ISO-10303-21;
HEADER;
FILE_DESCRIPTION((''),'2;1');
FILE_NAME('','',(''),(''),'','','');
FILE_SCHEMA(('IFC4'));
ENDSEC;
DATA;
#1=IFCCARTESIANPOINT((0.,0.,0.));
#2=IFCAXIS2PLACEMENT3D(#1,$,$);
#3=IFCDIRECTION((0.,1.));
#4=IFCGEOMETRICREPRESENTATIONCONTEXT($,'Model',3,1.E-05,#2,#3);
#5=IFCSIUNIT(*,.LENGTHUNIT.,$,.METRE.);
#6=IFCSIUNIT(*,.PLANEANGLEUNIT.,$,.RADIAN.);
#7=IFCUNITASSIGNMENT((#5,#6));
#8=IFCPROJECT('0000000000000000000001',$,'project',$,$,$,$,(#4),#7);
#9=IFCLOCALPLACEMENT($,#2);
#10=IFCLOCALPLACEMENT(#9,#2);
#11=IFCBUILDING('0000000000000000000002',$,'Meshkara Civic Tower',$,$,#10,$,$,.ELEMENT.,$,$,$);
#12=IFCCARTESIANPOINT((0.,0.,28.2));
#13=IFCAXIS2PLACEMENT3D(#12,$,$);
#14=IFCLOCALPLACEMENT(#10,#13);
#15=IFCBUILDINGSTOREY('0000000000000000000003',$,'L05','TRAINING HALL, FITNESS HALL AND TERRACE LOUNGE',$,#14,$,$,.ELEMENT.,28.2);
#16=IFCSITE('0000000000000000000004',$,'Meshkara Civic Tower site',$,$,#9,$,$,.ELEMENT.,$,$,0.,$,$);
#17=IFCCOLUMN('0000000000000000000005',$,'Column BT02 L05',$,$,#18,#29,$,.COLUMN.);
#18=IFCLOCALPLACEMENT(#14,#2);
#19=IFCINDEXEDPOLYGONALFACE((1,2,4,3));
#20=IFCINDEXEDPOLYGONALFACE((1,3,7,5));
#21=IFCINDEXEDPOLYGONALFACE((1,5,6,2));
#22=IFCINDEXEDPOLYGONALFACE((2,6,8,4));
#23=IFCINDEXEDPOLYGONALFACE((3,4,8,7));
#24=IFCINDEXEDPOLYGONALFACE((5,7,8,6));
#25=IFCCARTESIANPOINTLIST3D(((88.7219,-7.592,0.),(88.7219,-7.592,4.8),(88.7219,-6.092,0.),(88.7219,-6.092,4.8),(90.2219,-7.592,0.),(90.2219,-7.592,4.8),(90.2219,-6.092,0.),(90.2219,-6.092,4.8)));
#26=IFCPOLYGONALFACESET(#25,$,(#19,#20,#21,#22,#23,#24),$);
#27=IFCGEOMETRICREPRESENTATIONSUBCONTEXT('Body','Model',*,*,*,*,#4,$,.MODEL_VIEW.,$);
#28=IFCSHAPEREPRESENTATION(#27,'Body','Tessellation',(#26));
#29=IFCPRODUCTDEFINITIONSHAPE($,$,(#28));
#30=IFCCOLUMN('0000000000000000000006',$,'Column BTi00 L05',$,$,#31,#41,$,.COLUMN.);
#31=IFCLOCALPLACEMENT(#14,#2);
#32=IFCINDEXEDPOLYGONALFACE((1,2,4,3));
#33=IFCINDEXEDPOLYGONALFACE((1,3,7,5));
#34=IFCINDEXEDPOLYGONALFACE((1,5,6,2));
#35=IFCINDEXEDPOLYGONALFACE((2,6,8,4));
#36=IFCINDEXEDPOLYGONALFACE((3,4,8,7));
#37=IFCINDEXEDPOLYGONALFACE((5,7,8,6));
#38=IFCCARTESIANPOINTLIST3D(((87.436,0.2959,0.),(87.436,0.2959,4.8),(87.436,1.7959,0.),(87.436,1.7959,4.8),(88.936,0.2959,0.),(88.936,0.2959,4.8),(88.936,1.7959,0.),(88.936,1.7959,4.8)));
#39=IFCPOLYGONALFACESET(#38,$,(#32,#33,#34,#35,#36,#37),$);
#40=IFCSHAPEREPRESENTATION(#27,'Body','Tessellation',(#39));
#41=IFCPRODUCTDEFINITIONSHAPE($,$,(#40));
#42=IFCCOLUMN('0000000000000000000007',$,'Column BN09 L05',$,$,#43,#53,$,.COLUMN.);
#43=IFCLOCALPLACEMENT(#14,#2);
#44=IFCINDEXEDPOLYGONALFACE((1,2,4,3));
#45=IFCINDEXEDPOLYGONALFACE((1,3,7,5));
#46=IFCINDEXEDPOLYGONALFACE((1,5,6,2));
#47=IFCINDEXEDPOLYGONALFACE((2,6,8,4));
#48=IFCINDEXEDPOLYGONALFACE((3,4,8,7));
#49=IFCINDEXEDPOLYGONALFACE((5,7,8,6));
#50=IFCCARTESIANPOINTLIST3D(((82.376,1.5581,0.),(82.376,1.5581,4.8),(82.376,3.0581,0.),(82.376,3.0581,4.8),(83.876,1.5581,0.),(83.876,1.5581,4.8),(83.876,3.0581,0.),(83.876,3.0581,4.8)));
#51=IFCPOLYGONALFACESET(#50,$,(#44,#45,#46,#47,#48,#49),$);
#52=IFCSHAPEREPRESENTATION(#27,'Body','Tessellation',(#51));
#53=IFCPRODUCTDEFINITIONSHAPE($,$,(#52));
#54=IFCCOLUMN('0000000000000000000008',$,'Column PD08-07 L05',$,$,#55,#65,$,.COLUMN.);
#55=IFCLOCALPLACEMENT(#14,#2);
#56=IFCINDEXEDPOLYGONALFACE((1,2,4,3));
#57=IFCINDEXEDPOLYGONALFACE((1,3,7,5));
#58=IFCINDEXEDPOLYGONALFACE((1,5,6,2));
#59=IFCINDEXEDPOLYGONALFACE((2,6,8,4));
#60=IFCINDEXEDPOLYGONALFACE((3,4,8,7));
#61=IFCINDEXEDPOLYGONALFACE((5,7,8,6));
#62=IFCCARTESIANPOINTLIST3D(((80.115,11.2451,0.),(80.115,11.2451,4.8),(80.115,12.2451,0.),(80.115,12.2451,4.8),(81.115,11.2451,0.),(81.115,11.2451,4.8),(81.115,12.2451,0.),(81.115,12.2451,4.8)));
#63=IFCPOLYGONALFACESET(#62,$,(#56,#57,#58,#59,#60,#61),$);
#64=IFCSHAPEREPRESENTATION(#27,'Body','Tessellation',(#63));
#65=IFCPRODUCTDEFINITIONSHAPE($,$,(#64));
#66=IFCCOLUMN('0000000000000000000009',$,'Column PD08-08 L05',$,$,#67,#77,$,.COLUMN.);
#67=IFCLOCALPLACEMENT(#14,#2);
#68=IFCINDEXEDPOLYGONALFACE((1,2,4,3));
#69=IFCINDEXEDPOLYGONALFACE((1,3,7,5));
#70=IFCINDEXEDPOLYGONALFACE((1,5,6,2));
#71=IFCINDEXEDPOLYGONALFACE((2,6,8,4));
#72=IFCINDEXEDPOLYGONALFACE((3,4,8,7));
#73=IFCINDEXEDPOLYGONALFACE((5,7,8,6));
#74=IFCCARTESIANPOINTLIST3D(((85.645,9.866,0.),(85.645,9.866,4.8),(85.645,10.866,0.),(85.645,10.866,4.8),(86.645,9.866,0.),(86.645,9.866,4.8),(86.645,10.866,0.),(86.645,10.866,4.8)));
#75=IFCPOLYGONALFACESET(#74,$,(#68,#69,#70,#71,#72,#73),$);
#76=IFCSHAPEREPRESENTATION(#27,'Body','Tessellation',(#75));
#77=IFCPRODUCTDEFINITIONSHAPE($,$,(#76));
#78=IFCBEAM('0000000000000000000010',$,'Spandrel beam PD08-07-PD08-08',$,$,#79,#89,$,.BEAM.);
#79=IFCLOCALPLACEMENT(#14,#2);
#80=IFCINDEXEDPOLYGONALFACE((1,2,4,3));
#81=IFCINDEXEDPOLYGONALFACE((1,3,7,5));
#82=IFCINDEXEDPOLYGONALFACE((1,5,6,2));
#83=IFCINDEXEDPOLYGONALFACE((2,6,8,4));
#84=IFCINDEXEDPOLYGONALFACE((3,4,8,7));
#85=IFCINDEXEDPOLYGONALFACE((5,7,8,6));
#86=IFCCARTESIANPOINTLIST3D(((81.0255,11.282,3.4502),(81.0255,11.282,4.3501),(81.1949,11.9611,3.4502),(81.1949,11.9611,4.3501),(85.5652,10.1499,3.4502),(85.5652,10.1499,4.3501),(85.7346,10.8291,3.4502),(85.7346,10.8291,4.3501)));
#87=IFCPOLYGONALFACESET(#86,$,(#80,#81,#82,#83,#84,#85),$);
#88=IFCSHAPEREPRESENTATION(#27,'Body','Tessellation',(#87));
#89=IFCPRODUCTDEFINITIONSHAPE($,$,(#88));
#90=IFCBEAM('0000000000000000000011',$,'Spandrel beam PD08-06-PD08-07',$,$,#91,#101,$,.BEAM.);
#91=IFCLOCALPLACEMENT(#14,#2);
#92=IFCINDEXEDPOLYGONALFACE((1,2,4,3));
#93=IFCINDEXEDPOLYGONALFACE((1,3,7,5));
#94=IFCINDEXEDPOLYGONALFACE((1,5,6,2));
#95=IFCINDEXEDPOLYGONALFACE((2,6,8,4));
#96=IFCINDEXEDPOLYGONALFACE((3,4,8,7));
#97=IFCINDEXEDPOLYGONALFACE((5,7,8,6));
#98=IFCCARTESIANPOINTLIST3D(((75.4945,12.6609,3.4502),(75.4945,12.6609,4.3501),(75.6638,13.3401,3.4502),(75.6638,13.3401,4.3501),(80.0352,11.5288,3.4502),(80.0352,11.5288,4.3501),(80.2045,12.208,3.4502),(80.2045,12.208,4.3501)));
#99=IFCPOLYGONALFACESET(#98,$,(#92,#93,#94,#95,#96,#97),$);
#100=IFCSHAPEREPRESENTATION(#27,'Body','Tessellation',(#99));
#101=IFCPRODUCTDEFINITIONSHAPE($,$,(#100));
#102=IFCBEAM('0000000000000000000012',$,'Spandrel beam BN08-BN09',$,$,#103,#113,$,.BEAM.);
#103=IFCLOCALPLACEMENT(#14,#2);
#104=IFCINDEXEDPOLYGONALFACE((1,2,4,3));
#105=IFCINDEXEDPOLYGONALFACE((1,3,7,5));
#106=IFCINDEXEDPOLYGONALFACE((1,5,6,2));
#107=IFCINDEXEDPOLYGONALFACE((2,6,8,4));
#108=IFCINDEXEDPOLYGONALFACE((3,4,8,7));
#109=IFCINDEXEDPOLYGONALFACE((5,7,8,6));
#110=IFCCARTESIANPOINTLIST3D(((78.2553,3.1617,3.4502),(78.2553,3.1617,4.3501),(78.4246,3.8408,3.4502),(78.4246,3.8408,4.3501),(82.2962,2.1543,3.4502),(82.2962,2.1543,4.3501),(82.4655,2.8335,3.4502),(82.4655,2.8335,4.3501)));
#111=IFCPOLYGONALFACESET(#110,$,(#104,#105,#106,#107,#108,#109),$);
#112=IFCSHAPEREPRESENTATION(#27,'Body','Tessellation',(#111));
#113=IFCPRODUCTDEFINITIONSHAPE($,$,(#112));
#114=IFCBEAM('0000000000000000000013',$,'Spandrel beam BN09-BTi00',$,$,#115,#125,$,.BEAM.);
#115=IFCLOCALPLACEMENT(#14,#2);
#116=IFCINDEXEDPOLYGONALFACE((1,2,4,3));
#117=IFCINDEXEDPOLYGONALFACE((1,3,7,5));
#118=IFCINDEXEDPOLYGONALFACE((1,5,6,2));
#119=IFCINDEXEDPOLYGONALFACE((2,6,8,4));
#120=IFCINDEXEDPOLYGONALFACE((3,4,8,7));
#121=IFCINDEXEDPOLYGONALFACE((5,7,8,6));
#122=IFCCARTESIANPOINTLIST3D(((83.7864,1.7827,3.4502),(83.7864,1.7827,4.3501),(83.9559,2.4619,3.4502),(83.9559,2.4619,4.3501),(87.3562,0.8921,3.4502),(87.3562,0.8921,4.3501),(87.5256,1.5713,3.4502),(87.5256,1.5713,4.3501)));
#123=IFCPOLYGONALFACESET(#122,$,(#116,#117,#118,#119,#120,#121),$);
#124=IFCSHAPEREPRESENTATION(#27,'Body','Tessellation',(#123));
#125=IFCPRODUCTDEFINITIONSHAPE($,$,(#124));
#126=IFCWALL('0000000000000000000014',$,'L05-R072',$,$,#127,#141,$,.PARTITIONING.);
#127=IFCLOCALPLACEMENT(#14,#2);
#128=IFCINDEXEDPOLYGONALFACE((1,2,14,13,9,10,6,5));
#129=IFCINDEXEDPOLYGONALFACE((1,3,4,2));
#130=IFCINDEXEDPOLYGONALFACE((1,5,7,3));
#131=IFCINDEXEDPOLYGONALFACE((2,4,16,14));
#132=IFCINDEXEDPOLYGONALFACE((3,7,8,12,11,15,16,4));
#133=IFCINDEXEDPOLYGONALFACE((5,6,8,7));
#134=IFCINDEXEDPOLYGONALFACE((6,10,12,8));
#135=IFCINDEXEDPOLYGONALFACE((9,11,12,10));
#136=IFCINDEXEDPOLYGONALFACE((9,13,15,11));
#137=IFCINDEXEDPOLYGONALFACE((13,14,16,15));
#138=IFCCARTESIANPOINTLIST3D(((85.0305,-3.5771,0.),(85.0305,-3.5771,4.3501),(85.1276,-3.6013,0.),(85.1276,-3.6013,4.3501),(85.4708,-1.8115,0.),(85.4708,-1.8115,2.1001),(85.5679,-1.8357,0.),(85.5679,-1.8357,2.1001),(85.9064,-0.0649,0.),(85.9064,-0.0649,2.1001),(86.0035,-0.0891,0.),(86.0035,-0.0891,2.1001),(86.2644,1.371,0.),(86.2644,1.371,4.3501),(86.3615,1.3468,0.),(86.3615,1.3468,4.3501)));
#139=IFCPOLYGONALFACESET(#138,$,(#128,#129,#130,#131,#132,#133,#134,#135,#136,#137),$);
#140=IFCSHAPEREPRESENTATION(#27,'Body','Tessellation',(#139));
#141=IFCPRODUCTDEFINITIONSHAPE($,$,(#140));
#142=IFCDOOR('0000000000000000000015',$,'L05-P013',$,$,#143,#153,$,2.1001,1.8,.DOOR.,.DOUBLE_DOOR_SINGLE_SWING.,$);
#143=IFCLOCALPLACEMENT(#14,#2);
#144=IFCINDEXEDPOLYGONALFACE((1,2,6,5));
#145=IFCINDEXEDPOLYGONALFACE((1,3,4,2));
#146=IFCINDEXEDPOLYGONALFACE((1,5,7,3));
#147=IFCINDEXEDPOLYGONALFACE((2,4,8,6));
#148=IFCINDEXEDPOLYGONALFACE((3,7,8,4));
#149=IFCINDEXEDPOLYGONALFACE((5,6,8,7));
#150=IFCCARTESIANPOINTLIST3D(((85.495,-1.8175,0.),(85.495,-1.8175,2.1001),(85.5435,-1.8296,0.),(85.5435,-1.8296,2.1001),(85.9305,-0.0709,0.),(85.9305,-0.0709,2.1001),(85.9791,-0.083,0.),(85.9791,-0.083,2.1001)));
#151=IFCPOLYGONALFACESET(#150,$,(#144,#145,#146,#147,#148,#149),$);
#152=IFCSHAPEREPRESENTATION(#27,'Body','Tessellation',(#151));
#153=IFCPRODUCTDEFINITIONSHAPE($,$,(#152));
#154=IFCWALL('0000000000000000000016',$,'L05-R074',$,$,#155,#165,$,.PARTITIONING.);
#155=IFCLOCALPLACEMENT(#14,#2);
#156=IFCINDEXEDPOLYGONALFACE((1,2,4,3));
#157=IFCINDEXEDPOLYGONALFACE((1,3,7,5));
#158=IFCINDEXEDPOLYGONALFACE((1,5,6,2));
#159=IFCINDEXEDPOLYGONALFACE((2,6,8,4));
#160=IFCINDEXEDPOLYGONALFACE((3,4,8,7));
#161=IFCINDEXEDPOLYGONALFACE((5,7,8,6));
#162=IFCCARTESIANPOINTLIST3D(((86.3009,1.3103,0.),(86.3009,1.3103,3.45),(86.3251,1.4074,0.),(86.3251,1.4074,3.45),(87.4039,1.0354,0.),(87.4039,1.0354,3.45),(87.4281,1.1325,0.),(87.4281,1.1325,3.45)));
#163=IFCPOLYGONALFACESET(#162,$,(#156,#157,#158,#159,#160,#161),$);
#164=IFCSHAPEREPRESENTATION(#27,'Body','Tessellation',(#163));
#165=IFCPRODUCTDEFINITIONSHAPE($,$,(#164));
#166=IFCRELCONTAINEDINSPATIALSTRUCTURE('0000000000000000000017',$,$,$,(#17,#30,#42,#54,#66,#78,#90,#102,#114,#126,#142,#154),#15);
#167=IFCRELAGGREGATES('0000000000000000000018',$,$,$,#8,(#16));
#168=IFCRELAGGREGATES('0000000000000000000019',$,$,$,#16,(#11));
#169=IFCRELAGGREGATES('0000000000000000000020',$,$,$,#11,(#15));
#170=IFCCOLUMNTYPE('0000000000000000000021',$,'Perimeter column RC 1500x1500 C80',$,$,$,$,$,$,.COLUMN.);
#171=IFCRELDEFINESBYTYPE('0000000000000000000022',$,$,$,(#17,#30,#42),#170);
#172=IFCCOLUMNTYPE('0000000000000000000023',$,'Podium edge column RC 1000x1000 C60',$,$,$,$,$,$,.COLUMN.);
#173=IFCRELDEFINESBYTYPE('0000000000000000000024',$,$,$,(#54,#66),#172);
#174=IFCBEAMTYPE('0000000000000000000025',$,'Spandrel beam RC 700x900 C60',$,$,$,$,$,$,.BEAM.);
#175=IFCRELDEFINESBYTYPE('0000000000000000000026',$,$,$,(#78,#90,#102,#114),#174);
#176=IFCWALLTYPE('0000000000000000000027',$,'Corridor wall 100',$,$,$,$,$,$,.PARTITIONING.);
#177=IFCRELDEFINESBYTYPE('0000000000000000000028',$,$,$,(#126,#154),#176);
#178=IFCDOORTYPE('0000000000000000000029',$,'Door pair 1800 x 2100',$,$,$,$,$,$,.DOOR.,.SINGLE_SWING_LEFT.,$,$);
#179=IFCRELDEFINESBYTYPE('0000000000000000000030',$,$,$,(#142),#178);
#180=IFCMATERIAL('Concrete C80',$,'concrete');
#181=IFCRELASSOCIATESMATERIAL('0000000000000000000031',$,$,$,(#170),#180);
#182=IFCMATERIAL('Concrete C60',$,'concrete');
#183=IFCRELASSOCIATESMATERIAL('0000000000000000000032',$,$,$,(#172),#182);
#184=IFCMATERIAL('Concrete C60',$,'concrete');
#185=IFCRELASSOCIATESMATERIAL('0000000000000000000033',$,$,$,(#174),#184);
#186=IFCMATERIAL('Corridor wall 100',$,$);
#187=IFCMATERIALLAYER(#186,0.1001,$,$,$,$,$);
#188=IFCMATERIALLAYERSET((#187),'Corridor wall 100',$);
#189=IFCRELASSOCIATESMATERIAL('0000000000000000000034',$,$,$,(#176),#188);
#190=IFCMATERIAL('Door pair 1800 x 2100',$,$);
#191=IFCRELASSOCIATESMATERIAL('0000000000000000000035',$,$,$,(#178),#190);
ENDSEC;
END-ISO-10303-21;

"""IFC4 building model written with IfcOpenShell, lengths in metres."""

from ifc_helpers import new_model, si_unit, direction, frame, frame_2d, origin, origin_2d, place, context, subcontext, project, spatial, rectangle, extrude, material, layer, layer_set, material_profile, profile_set, type_object, element, fill, save


model = new_model("IFC4")

# Units and contexts
model_context = context("Model", 3, precision=1e-05, world=origin(), true_north=direction((0.0, 1.0)))
body_context = subcontext(model_context, "Body", "Model", "MODEL_VIEW")
ifc_project = project(units=[si_unit("LENGTHUNIT", "METRE"), si_unit("PLANEANGLEUNIT", "RADIAN")], contexts=[model_context])

# Site, building, storey
site_placement = place(None, origin())
site = spatial("IfcSite", under=ifc_project, at=site_placement, Name="Meshkara Civic Tower site", CompositionType="ELEMENT", RefElevation=0.0)
building_placement = place(site_placement, origin())
building = spatial("IfcBuilding", under=site, at=building_placement, Name="Meshkara Civic Tower", CompositionType="ELEMENT")
storey_placement = place(building_placement, frame((0.0, 0.0, 28.2)))
storey = spatial("IfcBuildingStorey", under=building, at=storey_placement, Name="L05", Description="TRAINING HALL, FITNESS HALL AND TERRACE LOUNGE", CompositionType="ELEMENT", Elevation=28.2)

# Columns
ifc_material_1 = material(Name="Concrete C80", Category="concrete")
ifc_material_profile_1 = material_profile(ifc_material_1, rectangle(XDim=1.5, YDim=1.5, at=origin_2d()))
ifc_profile_set_1 = profile_set([ifc_material_profile_1], Name="Concrete C80")
column_type_1 = type_object("IfcColumnType", Name="Perimeter column RC 1500x1500 C80", PredefinedType="COLUMN", material=ifc_profile_set_1)
for number, where, z_axis, x_axis, name in (
    (1, (89.4719, -6.842, 0.0), (0.0, 0.0, 1.0), (1.0, 0.0, 0.0), "Column BT02 L05"),
    (2, (88.186, 1.0459, 0.0), (0.0, 0.0, 1.0), (1.0, 0.0, 0.0), "Column BTi00 L05"),
    (3, (83.126, 2.3081, 0.0), (0.0, 0.0, 1.0), (1.0, 0.0, 0.0), "Column BN09 L05"),
):
    element("IfcColumn", number, at=place(storey_placement, frame(where, z_axis=z_axis, x_axis=x_axis)), inside=storey, type_object=column_type_1, Name=name, PredefinedType="COLUMN", context=body_context, shape_type="SweptSolid", body=[
        extrude(rectangle(XDim=1.5, YDim=1.5, at=origin_2d()), origin(), (0.0, 0.0, 1.0), 4.8),
    ])
ifc_material_2 = material(Name="Concrete C60", Category="concrete")
ifc_material_profile_2 = material_profile(ifc_material_2, rectangle(XDim=1.0, YDim=1.0, at=origin_2d()))
ifc_profile_set_2 = profile_set([ifc_material_profile_2], Name="Concrete C60")
column_type_2 = type_object("IfcColumnType", Name="Podium edge column RC 1000x1000 C60", PredefinedType="COLUMN", material=ifc_profile_set_2)
for number, where, z_axis, x_axis, name in (
    (4, (80.615, 11.7451, 0.0), (0.0, 0.0, 1.0), (1.0, 0.0, 0.0), "Column PD08-07 L05"),
    (5, (86.145, 10.366, 0.0), (0.0, 0.0, 1.0), (1.0, 0.0, 0.0), "Column PD08-08 L05"),
):
    element("IfcColumn", number, at=place(storey_placement, frame(where, z_axis=z_axis, x_axis=x_axis)), inside=storey, type_object=column_type_2, Name=name, PredefinedType="COLUMN", context=body_context, shape_type="SweptSolid", body=[
        extrude(rectangle(XDim=1.0, YDim=1.0, at=origin_2d()), origin(), (0.0, 0.0, 1.0), 4.8),
    ])

# Beams
ifc_material_3 = material(Name="Concrete C60", Category="concrete")
ifc_material_profile_3 = material_profile(ifc_material_3, rectangle(XDim=0.7, YDim=0.8999, at=origin_2d()))
ifc_profile_set_3 = profile_set([ifc_material_profile_3], Name="Concrete C60")
beam_type = type_object("IfcBeamType", Name="Spandrel beam RC 700x900 C60", PredefinedType="BEAM", material=ifc_profile_set_3)
beam_1_placement = place(storey_placement, frame((85.6499, 10.4895, 3.9001), z_axis=(-0.970287, 0.241959, 0.0), x_axis=(-0.241959, -0.970287, 0.0)))
element("IfcBeam", 6, at=beam_1_placement, inside=storey, type_object=beam_type, Name="Spandrel beam PD08-07-PD08-08", PredefinedType="BEAM", context=body_context, shape_type="SweptSolid", body=[
    extrude(rectangle(XDim=0.7, YDim=0.8999, at=origin_2d()), origin(), (0.0, 0.0, 1.0), 4.6787),
])
beam_2_placement = place(storey_placement, frame((80.1199, 11.8684, 3.9001), z_axis=(-0.970299, 0.24191, 0.0), x_axis=(-0.24191, -0.970299, 0.0)))
element("IfcBeam", 7, at=beam_2_placement, inside=storey, type_object=beam_type, Name="Spandrel beam PD08-06-PD08-07", PredefinedType="BEAM", context=body_context, shape_type="SweptSolid", body=[
    extrude(rectangle(XDim=0.7, YDim=0.8999, at=origin_2d()), origin(), (0.0, 0.0, 1.0), 4.6797),
])
beam_3_placement = place(storey_placement, frame((82.3809, 2.4939, 3.9001), z_axis=(-0.970304, 0.241887, 0.0), x_axis=(-0.241887, -0.970304, 0.0)))
element("IfcBeam", 8, at=beam_3_placement, inside=storey, type_object=beam_type, Name="Spandrel beam BN08-BN09", PredefinedType="BEAM", context=body_context, shape_type="SweptSolid", body=[
    extrude(rectangle(XDim=0.7, YDim=0.8999, at=origin_2d()), origin(), (0.0, 0.0, 1.0), 4.1646),
])
beam_4_placement = place(storey_placement, frame((87.4409, 1.2317, 3.9001), z_axis=(-0.970259, 0.242067, 0.0), x_axis=(-0.242067, -0.970259, 0.0)))
element("IfcBeam", 9, at=beam_4_placement, inside=storey, type_object=beam_type, Name="Spandrel beam BN09-BTi00", PredefinedType="BEAM", context=body_context, shape_type="SweptSolid", body=[
    extrude(rectangle(XDim=0.7, YDim=0.8999, at=origin_2d()), origin(), (0.0, 0.0, 1.0), 3.6792),
])

# Wall, opening, door
ifc_material_4 = material(Name="Corridor wall 100")
ifc_layer_1 = layer(ifc_material_4, 0.1001)
ifc_layer_set_1 = layer_set([ifc_layer_1], Name="Corridor wall 100")
wall_type_1 = type_object("IfcWallType", Name="Corridor wall 100", PredefinedType="PARTITIONING", material=ifc_layer_set_1)
wall_1_placement = place(storey_placement, frame((86.313, 1.3589, 0.0), z_axis=(0.0, 0.0, 1.0), x_axis=(-0.241961, -0.970286, 0.0)))
wall_1 = element("IfcWall", 10, at=wall_1_placement, inside=storey, type_object=wall_type_1, Name="L05-R072", PredefinedType="PARTITIONING", context=body_context, shape_type="SweptSolid", body=[
    extrude(rectangle(XDim=5.0996, YDim=0.1001, at=frame_2d((2.5498, 0.0))), origin(), (0.0, 0.0, 1.0), 4.3501),
])
opening_1_placement = place(wall_1_placement, frame((1.48, 0.0, 0.0)))
opening_1 = element("IfcOpeningElement", 11, at=opening_1_placement, cuts=wall_1, PredefinedType="OPENING", context=body_context, shape_type="SweptSolid", body=[
    extrude(rectangle(XDim=1.8, YDim=2.1001, at=frame_2d((0.8999, 1.05))), frame((0.0, 0.0601, 0.0), z_axis=(0.0, -1.0, 0.0), x_axis=(1.0, 0.0, 0.0)), (0.0, 0.0, 1.0), 0.1201),
])
ifc_material_5 = material(Name="Door pair 1800 x 2100")
door_type_1 = type_object("IfcDoorType", Name="Door pair 1800 x 2100", OperationType="SINGLE_SWING_LEFT", PredefinedType="DOOR", material=ifc_material_5)
door_1_placement = place(opening_1_placement, origin())
door_1 = element("IfcDoor", 12, at=door_1_placement, inside=storey, type_object=door_type_1, Name="L05-P013", OperationType="DOUBLE_DOOR_SINGLE_SWING", OverallHeight=2.1001, OverallWidth=1.8, PredefinedType="DOOR", context=body_context, shape_type="SweptSolid", body=[
    extrude(rectangle(XDim=1.8, YDim=2.1001, at=frame_2d((0.8999, 1.05))), frame((0.0, 0.0249, 0.0), z_axis=(0.0, -1.0, 0.0), x_axis=(1.0, 0.0, 0.0)), (0.0, 0.0, 1.0), 0.05),
])
fill(opening_1, door_1)

# Wall
wall_2_placement = place(storey_placement, frame((87.416, 1.084, 0.0), z_axis=(0.0, 0.0, 1.0), x_axis=(-0.970319, 0.241828, 0.0)))
element("IfcWall", 13, at=wall_2_placement, inside=storey, type_object=wall_type_1, Name="L05-R074", PredefinedType="PARTITIONING", context=body_context, shape_type="SweptSolid", body=[
    extrude(rectangle(XDim=1.1367, YDim=0.1001, at=frame_2d((0.5684, 0.0))), origin(), (0.0, 0.0, 1.0), 3.45),
])

save(model, "model.ifc")
